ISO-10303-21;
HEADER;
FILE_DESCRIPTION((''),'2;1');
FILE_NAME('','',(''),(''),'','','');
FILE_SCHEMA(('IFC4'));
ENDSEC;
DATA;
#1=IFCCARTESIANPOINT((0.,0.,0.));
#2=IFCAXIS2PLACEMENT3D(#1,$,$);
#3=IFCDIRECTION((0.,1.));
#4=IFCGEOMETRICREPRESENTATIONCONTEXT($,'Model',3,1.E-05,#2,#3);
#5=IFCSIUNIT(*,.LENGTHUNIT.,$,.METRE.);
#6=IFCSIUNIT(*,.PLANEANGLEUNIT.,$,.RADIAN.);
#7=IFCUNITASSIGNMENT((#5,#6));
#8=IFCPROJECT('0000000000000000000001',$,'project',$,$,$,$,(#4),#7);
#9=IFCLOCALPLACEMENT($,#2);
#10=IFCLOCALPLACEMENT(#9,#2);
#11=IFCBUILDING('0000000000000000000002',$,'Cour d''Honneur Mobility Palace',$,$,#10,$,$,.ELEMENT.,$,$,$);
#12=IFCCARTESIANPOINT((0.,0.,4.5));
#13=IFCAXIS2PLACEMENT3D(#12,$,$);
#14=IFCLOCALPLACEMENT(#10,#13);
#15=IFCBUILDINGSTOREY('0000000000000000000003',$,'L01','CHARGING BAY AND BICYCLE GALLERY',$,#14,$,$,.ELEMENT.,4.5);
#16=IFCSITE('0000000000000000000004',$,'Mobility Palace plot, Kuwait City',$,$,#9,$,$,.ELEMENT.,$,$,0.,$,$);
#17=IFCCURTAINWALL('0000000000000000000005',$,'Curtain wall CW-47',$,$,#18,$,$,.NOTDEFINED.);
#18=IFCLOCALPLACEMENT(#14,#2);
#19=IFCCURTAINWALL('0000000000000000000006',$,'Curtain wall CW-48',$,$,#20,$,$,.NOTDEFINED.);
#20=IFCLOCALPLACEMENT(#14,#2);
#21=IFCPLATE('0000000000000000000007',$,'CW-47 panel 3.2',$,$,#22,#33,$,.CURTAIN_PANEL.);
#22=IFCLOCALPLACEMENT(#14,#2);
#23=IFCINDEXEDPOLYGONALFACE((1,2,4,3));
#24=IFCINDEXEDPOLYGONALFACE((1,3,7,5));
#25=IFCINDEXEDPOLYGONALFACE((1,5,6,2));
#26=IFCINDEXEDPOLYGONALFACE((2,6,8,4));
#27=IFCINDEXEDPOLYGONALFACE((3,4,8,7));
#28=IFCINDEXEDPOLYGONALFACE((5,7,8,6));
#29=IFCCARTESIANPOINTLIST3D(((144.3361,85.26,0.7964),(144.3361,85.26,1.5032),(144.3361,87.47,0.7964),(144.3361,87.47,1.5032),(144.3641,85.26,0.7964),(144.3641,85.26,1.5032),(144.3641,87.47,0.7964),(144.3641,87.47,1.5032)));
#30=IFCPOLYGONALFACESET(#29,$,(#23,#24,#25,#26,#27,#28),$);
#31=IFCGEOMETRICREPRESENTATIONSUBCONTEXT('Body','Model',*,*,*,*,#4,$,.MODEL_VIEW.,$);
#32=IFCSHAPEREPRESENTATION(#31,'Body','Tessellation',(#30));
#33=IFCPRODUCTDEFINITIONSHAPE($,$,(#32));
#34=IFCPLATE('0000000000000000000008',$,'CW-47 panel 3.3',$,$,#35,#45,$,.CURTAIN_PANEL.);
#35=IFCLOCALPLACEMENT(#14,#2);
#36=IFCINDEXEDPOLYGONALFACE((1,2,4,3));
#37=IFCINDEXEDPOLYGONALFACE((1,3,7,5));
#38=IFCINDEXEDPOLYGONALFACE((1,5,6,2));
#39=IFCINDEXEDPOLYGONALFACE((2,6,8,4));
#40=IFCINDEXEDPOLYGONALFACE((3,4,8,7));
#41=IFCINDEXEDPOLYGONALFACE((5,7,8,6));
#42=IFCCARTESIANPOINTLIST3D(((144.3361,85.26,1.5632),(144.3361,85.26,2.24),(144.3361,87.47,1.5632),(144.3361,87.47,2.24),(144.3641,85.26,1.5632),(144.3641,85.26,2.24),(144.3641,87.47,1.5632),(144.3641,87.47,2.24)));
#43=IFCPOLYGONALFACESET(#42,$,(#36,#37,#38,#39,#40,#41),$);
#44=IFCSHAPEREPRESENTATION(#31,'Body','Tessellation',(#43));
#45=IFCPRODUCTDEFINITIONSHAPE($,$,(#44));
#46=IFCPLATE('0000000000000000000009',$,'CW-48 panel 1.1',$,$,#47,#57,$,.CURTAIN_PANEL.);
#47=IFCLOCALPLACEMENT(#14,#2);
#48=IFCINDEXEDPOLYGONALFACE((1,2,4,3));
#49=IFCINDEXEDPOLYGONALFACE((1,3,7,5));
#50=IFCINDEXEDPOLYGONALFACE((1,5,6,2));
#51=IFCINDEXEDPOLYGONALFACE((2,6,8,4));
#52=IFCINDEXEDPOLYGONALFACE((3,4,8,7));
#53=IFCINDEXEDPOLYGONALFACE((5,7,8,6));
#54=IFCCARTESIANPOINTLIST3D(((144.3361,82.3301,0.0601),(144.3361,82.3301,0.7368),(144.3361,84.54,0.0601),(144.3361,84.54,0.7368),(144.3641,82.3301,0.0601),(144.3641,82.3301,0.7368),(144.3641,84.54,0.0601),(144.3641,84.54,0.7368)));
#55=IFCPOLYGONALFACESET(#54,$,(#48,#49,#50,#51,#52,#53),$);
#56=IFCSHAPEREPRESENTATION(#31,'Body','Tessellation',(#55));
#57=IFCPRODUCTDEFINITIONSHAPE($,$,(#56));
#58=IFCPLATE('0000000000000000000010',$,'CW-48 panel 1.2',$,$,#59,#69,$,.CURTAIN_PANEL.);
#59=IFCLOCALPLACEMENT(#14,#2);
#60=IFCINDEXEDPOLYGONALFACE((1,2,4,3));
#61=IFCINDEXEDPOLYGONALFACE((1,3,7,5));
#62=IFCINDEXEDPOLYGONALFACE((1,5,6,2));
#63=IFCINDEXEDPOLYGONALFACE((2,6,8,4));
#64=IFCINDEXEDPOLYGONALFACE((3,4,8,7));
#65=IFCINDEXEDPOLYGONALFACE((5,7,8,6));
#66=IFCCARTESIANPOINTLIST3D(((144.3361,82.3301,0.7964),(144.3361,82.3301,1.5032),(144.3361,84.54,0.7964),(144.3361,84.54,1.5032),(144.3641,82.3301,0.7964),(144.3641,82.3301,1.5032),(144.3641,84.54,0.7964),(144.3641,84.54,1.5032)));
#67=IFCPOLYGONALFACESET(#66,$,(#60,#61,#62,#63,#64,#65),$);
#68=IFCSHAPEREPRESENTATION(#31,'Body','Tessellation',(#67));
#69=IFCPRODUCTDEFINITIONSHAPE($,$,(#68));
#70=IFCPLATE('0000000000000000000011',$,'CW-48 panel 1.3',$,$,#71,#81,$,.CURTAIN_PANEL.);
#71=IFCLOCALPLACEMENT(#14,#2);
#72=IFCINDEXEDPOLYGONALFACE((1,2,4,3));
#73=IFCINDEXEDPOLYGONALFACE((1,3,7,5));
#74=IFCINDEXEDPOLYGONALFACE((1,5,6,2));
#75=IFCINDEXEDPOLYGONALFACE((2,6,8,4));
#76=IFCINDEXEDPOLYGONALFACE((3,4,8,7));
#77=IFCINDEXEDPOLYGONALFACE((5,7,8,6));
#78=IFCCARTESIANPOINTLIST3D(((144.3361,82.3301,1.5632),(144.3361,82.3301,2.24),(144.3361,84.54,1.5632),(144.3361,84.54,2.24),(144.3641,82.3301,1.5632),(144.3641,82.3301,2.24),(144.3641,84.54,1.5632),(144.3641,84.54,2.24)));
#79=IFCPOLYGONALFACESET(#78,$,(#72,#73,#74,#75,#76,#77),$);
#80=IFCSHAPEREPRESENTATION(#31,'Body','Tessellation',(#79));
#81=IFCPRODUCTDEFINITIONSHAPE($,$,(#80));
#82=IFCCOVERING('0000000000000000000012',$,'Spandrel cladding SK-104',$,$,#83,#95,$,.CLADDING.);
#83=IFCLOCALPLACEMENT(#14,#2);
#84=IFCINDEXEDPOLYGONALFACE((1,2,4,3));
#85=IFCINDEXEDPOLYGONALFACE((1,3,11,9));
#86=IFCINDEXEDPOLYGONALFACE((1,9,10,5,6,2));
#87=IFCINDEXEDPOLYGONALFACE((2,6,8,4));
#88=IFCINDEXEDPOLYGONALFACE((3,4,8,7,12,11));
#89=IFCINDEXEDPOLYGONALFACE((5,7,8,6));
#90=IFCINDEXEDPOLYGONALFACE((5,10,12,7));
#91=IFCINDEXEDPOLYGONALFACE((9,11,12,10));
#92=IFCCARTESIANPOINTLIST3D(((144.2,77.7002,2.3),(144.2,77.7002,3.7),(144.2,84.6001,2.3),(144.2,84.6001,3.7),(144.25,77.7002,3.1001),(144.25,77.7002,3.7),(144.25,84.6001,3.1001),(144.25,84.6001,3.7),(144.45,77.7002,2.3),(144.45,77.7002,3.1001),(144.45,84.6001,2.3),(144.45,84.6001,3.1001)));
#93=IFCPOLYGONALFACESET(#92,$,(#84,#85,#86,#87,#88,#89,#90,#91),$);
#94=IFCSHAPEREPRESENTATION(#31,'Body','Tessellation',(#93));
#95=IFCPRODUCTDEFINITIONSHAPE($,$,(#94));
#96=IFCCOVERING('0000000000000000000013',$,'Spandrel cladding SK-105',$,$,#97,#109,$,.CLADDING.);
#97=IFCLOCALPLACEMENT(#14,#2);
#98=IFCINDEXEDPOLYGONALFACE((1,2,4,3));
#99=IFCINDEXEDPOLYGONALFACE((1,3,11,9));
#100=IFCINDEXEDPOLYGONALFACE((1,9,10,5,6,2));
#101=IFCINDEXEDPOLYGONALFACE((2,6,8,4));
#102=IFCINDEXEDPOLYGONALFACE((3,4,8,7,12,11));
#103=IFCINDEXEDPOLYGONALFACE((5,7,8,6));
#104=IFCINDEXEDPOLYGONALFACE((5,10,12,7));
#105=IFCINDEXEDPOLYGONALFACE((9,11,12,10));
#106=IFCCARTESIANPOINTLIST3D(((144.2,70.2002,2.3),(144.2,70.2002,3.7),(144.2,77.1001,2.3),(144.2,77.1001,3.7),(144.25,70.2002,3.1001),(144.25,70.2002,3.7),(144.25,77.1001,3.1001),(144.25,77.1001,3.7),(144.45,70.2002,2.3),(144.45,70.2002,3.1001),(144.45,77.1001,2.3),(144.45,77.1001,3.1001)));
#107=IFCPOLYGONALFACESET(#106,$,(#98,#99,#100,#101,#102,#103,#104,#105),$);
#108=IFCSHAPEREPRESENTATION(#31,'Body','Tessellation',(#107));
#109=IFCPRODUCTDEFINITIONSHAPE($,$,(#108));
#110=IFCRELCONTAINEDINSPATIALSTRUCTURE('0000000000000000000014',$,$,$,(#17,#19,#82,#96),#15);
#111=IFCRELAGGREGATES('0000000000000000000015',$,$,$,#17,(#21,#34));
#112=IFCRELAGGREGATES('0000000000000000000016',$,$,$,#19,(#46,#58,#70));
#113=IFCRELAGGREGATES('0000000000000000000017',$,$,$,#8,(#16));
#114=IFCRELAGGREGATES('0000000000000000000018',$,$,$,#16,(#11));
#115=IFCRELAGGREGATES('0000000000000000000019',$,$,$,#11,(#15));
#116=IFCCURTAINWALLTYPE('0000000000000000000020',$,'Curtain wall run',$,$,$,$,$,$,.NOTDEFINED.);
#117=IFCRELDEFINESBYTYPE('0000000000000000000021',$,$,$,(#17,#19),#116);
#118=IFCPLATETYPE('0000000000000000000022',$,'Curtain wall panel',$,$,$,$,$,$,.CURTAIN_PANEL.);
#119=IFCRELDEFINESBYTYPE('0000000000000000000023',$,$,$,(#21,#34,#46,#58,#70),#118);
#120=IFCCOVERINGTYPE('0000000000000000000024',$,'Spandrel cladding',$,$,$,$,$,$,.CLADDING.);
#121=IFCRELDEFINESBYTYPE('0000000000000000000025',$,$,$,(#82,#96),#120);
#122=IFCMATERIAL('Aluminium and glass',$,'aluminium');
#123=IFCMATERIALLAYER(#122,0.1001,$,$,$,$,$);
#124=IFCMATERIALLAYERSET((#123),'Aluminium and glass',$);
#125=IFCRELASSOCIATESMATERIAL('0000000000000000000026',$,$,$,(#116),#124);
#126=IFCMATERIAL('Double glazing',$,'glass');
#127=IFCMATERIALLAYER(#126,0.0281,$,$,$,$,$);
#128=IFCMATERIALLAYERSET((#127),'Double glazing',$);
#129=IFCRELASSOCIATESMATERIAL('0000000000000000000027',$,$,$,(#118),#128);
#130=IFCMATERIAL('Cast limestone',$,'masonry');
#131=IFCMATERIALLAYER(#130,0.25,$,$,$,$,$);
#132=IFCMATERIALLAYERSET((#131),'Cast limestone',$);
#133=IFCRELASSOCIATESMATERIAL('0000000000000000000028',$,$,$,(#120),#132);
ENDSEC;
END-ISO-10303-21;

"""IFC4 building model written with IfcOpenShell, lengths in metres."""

from ifc_helpers import new_model, si_unit, direction, frame, origin, origin_2d, place, context, subcontext, project, spatial, polyline, rectangle, outline, extrude, material, layer, layer_set, type_object, element, aggregate, save


model = new_model("IFC4")

# Units and contexts
model_context = context("Model", 3, precision=1e-05, world=origin(), true_north=direction((0.0, 1.0)))
body_context = subcontext(model_context, "Body", "Model", "MODEL_VIEW")
ifc_project = project(units=[si_unit("LENGTHUNIT", "METRE"), si_unit("PLANEANGLEUNIT", "RADIAN")], contexts=[model_context])

# Site, building, storey
site_placement = place(None, origin())
site = spatial("IfcSite", under=ifc_project, at=site_placement, Name="Mobility Palace plot, Kuwait City", CompositionType="ELEMENT", RefElevation=0.0)
building_placement = place(site_placement, origin())
building = spatial("IfcBuilding", under=site, at=building_placement, Name="Cour d'Honneur Mobility Palace", CompositionType="ELEMENT")
storey_placement = place(building_placement, frame((0.0, 0.0, 4.5)))
storey = spatial("IfcBuildingStorey", under=building, at=storey_placement, Name="L01", Description="CHARGING BAY AND BICYCLE GALLERY", CompositionType="ELEMENT", Elevation=4.5)

# Curtain wall
ifc_material_1 = material(Name="Aluminium and glass", Category="aluminium")
ifc_layer_1 = layer(ifc_material_1, 0.1001)
ifc_layer_set_1 = layer_set([ifc_layer_1], Name="Aluminium and glass")
curtain_wall_type = type_object("IfcCurtainWallType", Name="Curtain wall run", PredefinedType="NOTDEFINED", material=ifc_layer_set_1)
curtain_wall_1_placement = place(storey_placement, origin())
curtain_wall_1 = element("IfcCurtainWall", 1, at=curtain_wall_1_placement, inside=storey, type_object=curtain_wall_type, Name="Curtain wall CW-47", PredefinedType="NOTDEFINED")

# Curtain wall
curtain_wall_2_placement = place(storey_placement, origin())
curtain_wall_2 = element("IfcCurtainWall", 2, at=curtain_wall_2_placement, inside=storey, type_object=curtain_wall_type, Name="Curtain wall CW-48", PredefinedType="NOTDEFINED")

# Plates
ifc_material_2 = material(Name="Double glazing", Category="glass")
ifc_layer_2 = layer(ifc_material_2, 0.0281)
ifc_layer_set_2 = layer_set([ifc_layer_2], Name="Double glazing")
plate_type = type_object("IfcPlateType", Name="Curtain wall panel", PredefinedType="CURTAIN_PANEL", material=ifc_layer_set_2)
plate_1_placement = place(storey_placement, frame((144.3501, 86.365, 0.7964), z_axis=(0.0, 0.0, 1.0), x_axis=(0.0, -1.0, 0.0)))
plate_1 = element("IfcPlate", 3, at=plate_1_placement, type_object=plate_type, Name="CW-47 panel 3.2", PredefinedType="CURTAIN_PANEL", context=body_context, shape_type="SweptSolid", body=[
    extrude(rectangle(XDim=2.21, YDim=0.0281, at=origin_2d()), origin(), (0.0, 0.0, 1.0), 0.7068),
])
plate_2_placement = place(storey_placement, frame((144.3501, 86.365, 1.5632), z_axis=(0.0, 0.0, 1.0), x_axis=(0.0, -1.0, 0.0)))
plate_2 = element("IfcPlate", 4, at=plate_2_placement, type_object=plate_type, Name="CW-47 panel 3.3", PredefinedType="CURTAIN_PANEL", context=body_context, shape_type="SweptSolid", body=[
    extrude(rectangle(XDim=2.21, YDim=0.0281, at=origin_2d()), origin(), (0.0, 0.0, 1.0), 0.6768),
])
aggregate(curtain_wall_1, [plate_1, plate_2])
plate_3_placement = place(storey_placement, frame((144.3501, 83.4351, 0.0601), z_axis=(0.0, 0.0, 1.0), x_axis=(0.0, -1.0, 0.0)))
plate_3 = element("IfcPlate", 5, at=plate_3_placement, type_object=plate_type, Name="CW-48 panel 1.1", PredefinedType="CURTAIN_PANEL", context=body_context, shape_type="SweptSolid", body=[
    extrude(rectangle(XDim=2.21, YDim=0.0281, at=origin_2d()), origin(), (0.0, 0.0, 1.0), 0.6768),
])
plate_4_placement = place(storey_placement, frame((144.3501, 83.4351, 0.7964), z_axis=(0.0, 0.0, 1.0), x_axis=(0.0, -1.0, 0.0)))
plate_4 = element("IfcPlate", 6, at=plate_4_placement, type_object=plate_type, Name="CW-48 panel 1.2", PredefinedType="CURTAIN_PANEL", context=body_context, shape_type="SweptSolid", body=[
    extrude(rectangle(XDim=2.21, YDim=0.0281, at=origin_2d()), origin(), (0.0, 0.0, 1.0), 0.7068),
])
plate_5_placement = place(storey_placement, frame((144.3501, 83.4351, 1.5632), z_axis=(0.0, 0.0, 1.0), x_axis=(0.0, -1.0, 0.0)))
plate_5 = element("IfcPlate", 7, at=plate_5_placement, type_object=plate_type, Name="CW-48 panel 1.3", PredefinedType="CURTAIN_PANEL", context=body_context, shape_type="SweptSolid", body=[
    extrude(rectangle(XDim=2.21, YDim=0.0281, at=origin_2d()), origin(), (0.0, 0.0, 1.0), 0.6768),
])
aggregate(curtain_wall_2, [plate_3, plate_4, plate_5])

# Coverings
ifc_material_3 = material(Name="Cast limestone", Category="masonry")
ifc_layer_3 = layer(ifc_material_3, 0.25)
ifc_layer_set_3 = layer_set([ifc_layer_3], Name="Cast limestone")
covering_type = type_object("IfcCoveringType", Name="Spandrel cladding", PredefinedType="CLADDING", material=ifc_layer_set_3)
for number, where, z_axis, x_axis, name in (
    (8, (144.45, 84.6001, 2.3), (0.0, 1.0, 0.0), (-1.0, 0.0, 0.0), "Spandrel cladding SK-104"),
    (9, (144.45, 77.1001, 2.3), (0.0, 1.0, 0.0), (-1.0, 0.0, 0.0), "Spandrel cladding SK-105"),
):
    element("IfcCovering", number, at=place(storey_placement, frame(where, z_axis=z_axis, x_axis=x_axis)), inside=storey, type_object=covering_type, Name=name, PredefinedType="CLADDING", context=body_context, shape_type="SweptSolid", body=[
        extrude(outline(polyline([(0.0, 0.0), (0.25, 0.0), (0.25, 1.3999), (0.2, 1.3999), (0.2, 0.8), (0.0, 0.8), (0.0, 0.0)])), origin(), (0.0, 0.0, -1.0), 6.8999),
    ])

save(model, "model.ifc")
